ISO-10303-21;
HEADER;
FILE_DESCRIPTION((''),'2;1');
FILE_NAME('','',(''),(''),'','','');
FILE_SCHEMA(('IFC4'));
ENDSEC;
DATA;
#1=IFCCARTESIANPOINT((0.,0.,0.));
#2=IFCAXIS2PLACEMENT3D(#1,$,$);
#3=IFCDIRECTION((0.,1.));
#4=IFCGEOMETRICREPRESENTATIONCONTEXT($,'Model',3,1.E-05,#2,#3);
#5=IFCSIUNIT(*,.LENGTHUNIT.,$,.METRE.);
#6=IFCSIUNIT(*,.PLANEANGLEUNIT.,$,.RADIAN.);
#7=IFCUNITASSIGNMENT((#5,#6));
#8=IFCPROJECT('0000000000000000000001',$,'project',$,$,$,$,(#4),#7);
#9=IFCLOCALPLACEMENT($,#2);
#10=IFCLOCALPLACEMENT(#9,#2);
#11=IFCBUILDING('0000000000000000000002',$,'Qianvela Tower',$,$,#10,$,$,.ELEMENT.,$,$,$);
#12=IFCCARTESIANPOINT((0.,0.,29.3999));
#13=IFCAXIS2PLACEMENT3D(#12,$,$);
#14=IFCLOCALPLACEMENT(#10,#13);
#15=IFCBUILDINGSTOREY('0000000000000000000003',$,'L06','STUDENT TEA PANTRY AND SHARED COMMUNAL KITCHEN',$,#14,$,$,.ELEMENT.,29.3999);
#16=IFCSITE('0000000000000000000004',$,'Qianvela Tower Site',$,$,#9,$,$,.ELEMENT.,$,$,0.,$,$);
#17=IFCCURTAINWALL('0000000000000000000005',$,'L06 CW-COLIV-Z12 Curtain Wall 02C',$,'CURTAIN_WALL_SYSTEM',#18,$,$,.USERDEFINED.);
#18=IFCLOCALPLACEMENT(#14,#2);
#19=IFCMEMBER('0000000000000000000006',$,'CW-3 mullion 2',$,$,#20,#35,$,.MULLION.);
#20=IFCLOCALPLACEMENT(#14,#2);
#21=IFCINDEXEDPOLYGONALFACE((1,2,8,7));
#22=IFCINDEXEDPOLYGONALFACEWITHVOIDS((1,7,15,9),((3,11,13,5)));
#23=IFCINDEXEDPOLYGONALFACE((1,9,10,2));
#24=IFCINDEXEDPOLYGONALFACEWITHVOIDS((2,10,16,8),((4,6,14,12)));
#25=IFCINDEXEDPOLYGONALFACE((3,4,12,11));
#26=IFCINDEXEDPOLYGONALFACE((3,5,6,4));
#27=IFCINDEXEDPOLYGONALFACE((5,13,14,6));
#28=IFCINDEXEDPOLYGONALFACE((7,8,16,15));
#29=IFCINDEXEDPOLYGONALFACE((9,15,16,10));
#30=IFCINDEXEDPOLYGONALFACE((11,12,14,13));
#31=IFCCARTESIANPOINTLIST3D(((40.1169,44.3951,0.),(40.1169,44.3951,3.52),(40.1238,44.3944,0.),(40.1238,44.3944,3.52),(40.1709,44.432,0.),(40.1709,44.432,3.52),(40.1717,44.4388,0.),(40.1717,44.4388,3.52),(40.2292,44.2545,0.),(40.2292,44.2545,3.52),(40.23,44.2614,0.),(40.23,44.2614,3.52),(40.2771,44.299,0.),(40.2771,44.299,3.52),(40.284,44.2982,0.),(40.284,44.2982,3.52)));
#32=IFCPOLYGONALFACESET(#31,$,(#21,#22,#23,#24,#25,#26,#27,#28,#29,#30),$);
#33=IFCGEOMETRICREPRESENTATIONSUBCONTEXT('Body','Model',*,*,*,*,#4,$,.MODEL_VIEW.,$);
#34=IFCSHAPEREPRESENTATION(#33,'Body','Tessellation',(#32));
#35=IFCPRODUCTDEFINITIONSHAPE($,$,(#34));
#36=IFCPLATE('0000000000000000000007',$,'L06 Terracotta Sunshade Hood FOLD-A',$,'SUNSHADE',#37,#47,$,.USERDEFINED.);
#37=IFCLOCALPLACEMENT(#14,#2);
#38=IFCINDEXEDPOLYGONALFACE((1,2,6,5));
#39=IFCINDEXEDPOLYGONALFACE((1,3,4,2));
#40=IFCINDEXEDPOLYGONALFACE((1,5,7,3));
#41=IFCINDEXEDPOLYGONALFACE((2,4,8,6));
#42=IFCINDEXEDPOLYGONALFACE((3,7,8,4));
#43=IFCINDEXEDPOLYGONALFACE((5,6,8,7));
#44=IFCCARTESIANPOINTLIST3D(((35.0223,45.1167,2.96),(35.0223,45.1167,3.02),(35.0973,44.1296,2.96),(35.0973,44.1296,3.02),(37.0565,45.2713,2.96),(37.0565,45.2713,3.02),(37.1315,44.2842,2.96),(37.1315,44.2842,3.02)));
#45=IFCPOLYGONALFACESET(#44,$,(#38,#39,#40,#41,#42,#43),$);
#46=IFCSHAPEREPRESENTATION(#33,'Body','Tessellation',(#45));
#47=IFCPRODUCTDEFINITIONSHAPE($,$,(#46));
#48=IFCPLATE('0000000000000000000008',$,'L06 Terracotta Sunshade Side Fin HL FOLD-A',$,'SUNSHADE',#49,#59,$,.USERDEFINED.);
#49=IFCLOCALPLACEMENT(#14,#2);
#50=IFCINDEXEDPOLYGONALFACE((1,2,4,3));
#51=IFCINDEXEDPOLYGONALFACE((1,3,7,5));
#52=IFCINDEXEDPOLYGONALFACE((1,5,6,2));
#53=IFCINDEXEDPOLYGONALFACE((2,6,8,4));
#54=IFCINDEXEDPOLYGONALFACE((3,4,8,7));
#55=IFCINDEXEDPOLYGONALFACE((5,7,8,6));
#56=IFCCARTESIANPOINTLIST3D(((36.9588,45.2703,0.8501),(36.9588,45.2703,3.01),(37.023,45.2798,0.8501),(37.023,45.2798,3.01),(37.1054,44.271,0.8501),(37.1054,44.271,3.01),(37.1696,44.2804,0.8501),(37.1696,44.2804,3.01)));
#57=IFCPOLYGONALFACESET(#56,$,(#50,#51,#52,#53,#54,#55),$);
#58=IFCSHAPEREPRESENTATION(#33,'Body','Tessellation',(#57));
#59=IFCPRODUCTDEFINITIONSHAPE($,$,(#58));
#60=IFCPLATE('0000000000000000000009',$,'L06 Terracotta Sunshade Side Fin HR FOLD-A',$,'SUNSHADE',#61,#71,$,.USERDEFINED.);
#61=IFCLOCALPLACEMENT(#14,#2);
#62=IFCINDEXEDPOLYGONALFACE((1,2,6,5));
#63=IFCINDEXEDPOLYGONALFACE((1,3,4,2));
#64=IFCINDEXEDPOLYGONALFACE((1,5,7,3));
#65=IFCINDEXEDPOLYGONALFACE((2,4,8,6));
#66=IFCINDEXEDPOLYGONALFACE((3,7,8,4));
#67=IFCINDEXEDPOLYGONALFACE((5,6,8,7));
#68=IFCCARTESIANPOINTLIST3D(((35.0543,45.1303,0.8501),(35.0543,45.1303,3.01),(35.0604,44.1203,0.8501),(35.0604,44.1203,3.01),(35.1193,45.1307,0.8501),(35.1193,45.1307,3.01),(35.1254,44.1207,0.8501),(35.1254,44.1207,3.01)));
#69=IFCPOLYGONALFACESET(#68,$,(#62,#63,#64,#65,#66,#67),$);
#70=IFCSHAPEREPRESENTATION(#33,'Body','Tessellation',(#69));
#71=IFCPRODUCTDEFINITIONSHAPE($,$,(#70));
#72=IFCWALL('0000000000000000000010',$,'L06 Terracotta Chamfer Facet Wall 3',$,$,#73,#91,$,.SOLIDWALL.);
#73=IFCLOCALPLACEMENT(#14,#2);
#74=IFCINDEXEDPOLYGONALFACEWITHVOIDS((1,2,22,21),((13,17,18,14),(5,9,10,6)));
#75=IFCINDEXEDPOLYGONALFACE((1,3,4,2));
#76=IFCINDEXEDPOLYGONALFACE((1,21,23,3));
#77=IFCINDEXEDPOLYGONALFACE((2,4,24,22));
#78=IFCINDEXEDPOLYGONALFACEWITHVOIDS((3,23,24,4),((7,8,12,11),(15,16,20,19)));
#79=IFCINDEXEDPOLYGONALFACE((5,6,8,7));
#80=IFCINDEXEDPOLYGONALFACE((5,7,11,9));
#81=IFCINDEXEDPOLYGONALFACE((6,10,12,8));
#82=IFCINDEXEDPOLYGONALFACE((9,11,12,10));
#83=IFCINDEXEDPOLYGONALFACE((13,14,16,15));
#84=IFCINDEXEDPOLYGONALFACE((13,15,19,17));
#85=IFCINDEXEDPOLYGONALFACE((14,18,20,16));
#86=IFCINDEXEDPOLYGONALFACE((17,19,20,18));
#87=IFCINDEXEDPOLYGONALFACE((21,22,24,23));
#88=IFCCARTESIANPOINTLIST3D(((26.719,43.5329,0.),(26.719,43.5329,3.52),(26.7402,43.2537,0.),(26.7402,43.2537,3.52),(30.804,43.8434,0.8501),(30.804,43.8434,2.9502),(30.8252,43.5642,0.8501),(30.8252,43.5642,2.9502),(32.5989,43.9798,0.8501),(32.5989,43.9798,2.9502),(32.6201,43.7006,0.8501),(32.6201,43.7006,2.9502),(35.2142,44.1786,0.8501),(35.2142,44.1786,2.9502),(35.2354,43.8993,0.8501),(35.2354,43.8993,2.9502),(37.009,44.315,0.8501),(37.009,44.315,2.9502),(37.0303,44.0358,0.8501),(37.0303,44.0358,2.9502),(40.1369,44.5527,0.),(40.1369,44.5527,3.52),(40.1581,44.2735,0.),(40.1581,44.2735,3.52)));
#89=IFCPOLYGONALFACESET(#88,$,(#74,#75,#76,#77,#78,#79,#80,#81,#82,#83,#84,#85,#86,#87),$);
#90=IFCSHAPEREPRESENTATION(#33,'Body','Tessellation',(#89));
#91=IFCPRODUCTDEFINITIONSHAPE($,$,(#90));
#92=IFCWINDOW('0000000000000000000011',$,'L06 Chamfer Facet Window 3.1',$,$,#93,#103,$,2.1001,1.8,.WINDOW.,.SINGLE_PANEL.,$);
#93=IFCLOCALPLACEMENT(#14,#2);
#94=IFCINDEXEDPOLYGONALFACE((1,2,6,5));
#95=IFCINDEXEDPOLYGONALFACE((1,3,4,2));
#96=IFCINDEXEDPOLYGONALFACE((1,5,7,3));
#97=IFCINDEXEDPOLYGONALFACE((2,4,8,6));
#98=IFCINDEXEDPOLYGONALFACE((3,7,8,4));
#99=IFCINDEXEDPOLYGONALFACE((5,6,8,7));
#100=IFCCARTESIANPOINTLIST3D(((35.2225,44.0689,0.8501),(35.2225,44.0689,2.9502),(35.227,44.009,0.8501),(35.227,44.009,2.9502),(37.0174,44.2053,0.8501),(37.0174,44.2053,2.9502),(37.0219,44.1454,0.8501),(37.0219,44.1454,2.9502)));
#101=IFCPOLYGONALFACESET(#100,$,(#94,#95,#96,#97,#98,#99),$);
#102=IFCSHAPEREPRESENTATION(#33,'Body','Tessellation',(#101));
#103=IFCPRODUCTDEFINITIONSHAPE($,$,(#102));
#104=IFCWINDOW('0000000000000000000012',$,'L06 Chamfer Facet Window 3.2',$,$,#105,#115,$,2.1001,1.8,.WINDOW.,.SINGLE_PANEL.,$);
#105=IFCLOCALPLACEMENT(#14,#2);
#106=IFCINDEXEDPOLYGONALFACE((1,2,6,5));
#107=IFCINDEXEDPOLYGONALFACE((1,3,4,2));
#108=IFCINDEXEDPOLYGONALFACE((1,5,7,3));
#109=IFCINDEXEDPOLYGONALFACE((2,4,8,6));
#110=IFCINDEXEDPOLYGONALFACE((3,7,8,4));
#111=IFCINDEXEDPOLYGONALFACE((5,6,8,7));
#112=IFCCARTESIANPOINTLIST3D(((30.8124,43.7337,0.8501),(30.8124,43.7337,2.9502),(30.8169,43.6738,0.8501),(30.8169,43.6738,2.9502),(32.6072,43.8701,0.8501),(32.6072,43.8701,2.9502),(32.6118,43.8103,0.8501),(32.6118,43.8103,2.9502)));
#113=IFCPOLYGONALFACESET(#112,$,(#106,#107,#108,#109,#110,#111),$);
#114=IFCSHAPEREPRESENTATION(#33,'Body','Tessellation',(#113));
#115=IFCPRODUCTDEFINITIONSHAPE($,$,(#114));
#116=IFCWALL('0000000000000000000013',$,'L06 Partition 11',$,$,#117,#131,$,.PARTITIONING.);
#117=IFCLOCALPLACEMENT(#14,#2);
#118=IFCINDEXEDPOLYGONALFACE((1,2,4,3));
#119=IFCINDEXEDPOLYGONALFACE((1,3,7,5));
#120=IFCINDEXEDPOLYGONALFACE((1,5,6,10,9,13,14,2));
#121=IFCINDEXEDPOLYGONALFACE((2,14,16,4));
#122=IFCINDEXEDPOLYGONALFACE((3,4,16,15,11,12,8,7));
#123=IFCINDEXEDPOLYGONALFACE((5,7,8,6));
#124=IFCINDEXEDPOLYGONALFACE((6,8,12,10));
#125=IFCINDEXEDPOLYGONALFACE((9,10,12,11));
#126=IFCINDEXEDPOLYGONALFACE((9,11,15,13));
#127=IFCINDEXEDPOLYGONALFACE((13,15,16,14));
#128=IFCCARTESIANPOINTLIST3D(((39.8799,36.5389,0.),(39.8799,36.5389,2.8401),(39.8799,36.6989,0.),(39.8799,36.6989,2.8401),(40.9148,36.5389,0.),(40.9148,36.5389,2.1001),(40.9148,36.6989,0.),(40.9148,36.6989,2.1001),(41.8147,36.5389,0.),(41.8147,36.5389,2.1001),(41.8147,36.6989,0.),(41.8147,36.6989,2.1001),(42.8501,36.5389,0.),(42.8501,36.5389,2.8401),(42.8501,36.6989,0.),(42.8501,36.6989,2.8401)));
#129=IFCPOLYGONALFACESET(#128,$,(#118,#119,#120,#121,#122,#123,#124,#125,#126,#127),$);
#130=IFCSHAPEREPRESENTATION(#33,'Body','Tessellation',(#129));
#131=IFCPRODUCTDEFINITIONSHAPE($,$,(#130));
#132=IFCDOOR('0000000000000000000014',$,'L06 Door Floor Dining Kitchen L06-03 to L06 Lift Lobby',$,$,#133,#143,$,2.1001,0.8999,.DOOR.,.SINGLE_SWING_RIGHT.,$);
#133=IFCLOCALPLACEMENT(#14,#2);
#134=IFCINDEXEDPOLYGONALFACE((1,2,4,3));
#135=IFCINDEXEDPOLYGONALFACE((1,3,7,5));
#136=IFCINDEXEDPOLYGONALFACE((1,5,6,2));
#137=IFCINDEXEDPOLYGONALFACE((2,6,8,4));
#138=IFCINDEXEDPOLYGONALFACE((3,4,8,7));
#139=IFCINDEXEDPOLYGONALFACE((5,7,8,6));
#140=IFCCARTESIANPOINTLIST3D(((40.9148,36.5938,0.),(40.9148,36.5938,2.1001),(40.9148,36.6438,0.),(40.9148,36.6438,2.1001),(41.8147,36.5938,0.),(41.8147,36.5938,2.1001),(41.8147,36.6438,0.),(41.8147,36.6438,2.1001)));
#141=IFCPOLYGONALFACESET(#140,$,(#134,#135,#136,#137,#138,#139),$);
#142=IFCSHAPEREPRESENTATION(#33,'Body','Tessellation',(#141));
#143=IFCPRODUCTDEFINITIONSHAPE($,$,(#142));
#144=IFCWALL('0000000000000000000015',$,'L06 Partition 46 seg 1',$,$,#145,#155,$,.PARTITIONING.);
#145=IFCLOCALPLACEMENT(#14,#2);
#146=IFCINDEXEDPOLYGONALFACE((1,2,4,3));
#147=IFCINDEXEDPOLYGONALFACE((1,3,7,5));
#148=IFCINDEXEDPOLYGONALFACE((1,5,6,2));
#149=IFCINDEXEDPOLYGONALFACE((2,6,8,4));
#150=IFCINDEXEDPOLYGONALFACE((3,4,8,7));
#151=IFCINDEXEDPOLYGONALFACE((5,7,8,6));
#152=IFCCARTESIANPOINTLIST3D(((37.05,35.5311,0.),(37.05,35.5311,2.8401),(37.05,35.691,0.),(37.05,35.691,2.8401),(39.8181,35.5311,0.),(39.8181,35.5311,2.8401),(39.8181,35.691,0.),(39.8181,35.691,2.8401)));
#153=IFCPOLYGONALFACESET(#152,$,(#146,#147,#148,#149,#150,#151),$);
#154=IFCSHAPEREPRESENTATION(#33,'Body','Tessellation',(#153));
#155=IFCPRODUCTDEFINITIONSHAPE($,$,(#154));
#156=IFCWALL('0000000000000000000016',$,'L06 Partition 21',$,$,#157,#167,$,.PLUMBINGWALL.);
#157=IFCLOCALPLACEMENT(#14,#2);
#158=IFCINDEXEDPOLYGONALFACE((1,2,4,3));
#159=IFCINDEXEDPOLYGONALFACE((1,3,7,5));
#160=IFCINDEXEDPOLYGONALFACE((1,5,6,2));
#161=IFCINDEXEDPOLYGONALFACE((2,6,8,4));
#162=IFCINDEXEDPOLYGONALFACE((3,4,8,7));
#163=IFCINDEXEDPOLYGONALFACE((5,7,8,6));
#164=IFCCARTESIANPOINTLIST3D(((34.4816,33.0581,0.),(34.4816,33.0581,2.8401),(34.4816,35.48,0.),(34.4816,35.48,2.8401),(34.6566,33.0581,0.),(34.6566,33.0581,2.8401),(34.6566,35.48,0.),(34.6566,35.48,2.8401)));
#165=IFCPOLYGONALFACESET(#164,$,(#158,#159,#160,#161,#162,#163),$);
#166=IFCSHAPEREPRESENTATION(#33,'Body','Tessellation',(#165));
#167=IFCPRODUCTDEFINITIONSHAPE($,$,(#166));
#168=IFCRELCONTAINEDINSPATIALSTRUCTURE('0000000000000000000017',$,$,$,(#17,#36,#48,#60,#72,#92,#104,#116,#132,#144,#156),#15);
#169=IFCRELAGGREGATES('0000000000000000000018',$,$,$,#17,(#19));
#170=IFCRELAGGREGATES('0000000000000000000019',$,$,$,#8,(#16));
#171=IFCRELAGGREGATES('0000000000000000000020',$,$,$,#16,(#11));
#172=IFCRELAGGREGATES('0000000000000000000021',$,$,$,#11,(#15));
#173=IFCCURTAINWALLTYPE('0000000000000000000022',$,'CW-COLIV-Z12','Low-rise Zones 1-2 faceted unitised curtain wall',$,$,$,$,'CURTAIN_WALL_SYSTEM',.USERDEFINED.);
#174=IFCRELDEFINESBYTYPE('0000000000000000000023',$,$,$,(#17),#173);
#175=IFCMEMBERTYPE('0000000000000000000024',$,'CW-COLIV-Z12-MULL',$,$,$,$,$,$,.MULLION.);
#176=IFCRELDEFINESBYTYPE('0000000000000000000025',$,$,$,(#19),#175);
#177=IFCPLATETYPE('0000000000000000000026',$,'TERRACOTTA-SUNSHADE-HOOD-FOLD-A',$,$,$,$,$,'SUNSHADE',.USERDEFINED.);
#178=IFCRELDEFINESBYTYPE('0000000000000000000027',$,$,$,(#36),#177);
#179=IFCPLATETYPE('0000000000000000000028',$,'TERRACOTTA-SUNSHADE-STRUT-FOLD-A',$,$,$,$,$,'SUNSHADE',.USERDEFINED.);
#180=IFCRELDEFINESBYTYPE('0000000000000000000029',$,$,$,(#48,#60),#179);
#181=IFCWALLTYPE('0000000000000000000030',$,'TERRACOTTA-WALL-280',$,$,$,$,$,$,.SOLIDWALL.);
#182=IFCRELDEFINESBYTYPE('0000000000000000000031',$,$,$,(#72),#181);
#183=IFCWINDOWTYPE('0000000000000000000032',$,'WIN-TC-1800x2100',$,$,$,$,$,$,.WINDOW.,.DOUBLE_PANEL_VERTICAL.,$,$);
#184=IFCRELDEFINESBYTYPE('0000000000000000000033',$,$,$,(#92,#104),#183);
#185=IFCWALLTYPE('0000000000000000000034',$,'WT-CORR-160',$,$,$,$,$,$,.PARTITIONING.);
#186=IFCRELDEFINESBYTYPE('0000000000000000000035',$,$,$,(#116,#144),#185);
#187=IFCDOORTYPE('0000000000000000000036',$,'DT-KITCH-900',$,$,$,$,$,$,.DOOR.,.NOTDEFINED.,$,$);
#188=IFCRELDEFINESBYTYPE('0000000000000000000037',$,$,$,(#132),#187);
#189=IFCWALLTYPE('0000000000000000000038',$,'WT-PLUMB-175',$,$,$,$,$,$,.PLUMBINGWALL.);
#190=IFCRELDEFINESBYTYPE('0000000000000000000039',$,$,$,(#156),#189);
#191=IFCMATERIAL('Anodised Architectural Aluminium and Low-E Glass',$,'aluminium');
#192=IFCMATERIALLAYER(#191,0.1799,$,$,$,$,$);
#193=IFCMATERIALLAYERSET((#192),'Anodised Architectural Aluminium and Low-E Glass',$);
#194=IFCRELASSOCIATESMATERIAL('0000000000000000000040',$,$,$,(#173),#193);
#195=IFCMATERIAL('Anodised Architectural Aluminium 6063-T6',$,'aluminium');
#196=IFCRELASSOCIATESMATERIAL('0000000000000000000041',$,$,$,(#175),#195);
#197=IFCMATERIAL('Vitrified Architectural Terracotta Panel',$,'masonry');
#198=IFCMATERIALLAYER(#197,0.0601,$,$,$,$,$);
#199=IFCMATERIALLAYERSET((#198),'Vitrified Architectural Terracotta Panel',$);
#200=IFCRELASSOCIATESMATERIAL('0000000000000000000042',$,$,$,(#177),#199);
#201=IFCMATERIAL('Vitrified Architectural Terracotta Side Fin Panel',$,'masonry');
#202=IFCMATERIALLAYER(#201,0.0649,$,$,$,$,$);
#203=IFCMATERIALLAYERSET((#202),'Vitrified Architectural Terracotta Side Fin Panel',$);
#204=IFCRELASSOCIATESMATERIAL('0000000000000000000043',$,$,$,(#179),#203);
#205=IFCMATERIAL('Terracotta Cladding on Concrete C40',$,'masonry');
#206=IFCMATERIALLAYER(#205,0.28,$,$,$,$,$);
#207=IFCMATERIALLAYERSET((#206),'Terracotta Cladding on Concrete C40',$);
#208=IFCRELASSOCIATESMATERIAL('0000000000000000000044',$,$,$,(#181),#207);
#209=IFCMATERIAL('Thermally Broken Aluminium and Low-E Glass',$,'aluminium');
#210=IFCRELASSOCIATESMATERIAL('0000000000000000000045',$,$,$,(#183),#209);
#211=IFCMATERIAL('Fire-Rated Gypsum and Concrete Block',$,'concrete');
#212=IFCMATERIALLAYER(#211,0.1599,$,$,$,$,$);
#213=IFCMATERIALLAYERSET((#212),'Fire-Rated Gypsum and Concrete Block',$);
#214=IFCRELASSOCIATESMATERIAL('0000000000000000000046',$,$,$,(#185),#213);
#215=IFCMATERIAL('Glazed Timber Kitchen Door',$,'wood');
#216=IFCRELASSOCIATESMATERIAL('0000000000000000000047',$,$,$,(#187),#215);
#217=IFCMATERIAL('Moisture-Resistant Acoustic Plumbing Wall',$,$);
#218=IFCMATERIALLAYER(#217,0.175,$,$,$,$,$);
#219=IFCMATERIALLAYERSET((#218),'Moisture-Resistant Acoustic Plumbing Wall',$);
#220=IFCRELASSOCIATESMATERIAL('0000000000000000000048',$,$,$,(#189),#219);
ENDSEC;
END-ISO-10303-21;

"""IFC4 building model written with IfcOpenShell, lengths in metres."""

from ifc_helpers import new_model, si_unit, direction, frame, frame_2d, origin, origin_2d, place, context, subcontext, project, spatial, rectangle, hollow_rectangle, extrude, material, layer, layer_set, material_profile, profile_set, type_object, element, fill, aggregate, save


model = new_model("IFC4")

# Units and contexts
model_context = context("Model", 3, precision=1e-05, world=origin(), true_north=direction((0.0, 1.0)))
body_context = subcontext(model_context, "Body", "Model", "MODEL_VIEW")
ifc_project = project(units=[si_unit("LENGTHUNIT", "METRE"), si_unit("PLANEANGLEUNIT", "RADIAN")], contexts=[model_context])

# Site, building, storey
site_placement = place(None, origin())
site = spatial("IfcSite", under=ifc_project, at=site_placement, Name="Qianvela Tower Site", CompositionType="ELEMENT", RefElevation=0.0)
building_placement = place(site_placement, origin())
building = spatial("IfcBuilding", under=site, at=building_placement, Name="Qianvela Tower", CompositionType="ELEMENT")
storey_placement = place(building_placement, frame((0.0, 0.0, 29.3999)))
storey = spatial("IfcBuildingStorey", under=building, at=storey_placement, Name="L06", Description="STUDENT TEA PANTRY AND SHARED COMMUNAL KITCHEN", CompositionType="ELEMENT", Elevation=29.3999)

# Curtain wall, member
ifc_material_1 = material(Name="Anodised Architectural Aluminium and Low-E Glass", Category="aluminium")
ifc_layer_1 = layer(ifc_material_1, 0.1799)
ifc_layer_set_1 = layer_set([ifc_layer_1], Name="Anodised Architectural Aluminium and Low-E Glass")
curtain_wall_type = type_object("IfcCurtainWallType", Name="CW-COLIV-Z12", Description="Low-rise Zones 1-2 faceted unitised curtain wall", ElementType="CURTAIN_WALL_SYSTEM", PredefinedType="USERDEFINED", material=ifc_layer_set_1)
curtain_wall_placement = place(storey_placement, origin())
curtain_wall = element("IfcCurtainWall", 1, at=curtain_wall_placement, inside=storey, type_object=curtain_wall_type, Name="L06 CW-COLIV-Z12 Curtain Wall 02C", ObjectType="CURTAIN_WALL_SYSTEM", PredefinedType="USERDEFINED")
ifc_material_2 = material(Name="Anodised Architectural Aluminium 6063-T6", Category="aluminium")
ifc_material_profile_1 = material_profile(ifc_material_2, hollow_rectangle(XDim=0.0701, YDim=0.1799, WallThickness=0.0049, at=origin_2d()), Name="ALU-MULL-70x180")
ifc_profile_set_1 = profile_set([ifc_material_profile_1], Name="Anodised Architectural Aluminium 6063-T6")
member_type = type_object("IfcMemberType", Name="CW-COLIV-Z12-MULL", PredefinedType="MULLION", material=ifc_profile_set_1)
member_placement = place(storey_placement, frame((40.2004, 44.3467, 0.0), z_axis=(0.0, 0.0, 1.0), x_axis=(-0.781444, -0.623975, 0.0)))
member = element("IfcMember", 2, at=member_placement, type_object=member_type, Name="CW-3 mullion 2", PredefinedType="MULLION", context=body_context, shape_type="SweptSolid", body=[
    extrude(hollow_rectangle(XDim=0.0701, YDim=0.1799, WallThickness=0.0049, at=origin_2d()), origin(), (0.0, 0.0, 1.0), 3.52),
])
aggregate(curtain_wall, [member])

# Plates
ifc_material_3 = material(Name="Vitrified Architectural Terracotta Panel", Category="masonry")
ifc_layer_2 = layer(ifc_material_3, 0.0601)
ifc_layer_set_2 = layer_set([ifc_layer_2], Name="Vitrified Architectural Terracotta Panel")
plate_type_1 = type_object("IfcPlateType", Name="TERRACOTTA-SUNSHADE-HOOD-FOLD-A", ElementType="SUNSHADE", PredefinedType="USERDEFINED", material=ifc_layer_set_2)
plate_placement = place(storey_placement, frame((36.0769, 44.7004, 2.96), z_axis=(0.0, 0.0, 1.0), x_axis=(-0.997125, -0.075776, 0.0)))
element("IfcPlate", 3, at=plate_placement, inside=storey, type_object=plate_type_1, Name="L06 Terracotta Sunshade Hood FOLD-A", ObjectType="SUNSHADE", PredefinedType="USERDEFINED", context=body_context, shape_type="SweptSolid", body=[
    extrude(rectangle(XDim=2.04, YDim=0.99, at=origin_2d()), origin(), (0.0, 0.0, 1.0), 0.0601),
])
ifc_material_4 = material(Name="Vitrified Architectural Terracotta Side Fin Panel", Category="masonry")
ifc_layer_3 = layer(ifc_material_4, 0.0649)
ifc_layer_set_3 = layer_set([ifc_layer_3], Name="Vitrified Architectural Terracotta Side Fin Panel")
plate_type_2 = type_object("IfcPlateType", Name="TERRACOTTA-SUNSHADE-STRUT-FOLD-A", ElementType="SUNSHADE", PredefinedType="USERDEFINED", material=ifc_layer_set_3)
for number, where, z_axis, x_axis, name in (
    (4, (37.0642, 44.7754, 0.8501), (0.0, 0.0, 1.0), (-0.98941, -0.145147, 0.0), "L06 Terracotta Sunshade Side Fin HL FOLD-A"),
    (5, (35.0898, 44.6255, 0.8501), (0.0, 0.0, 1.0), (-0.999982, -0.006035, 0.0), "L06 Terracotta Sunshade Side Fin HR FOLD-A"),
):
    element("IfcPlate", number, at=place(storey_placement, frame(where, z_axis=z_axis, x_axis=x_axis)), inside=storey, type_object=plate_type_2, Name=name, ObjectType="SUNSHADE", PredefinedType="USERDEFINED", context=body_context, shape_type="SweptSolid", body=[
        extrude(rectangle(XDim=0.0649, YDim=1.01, at=origin_2d()), origin(), (0.0, 0.0, 1.0), 2.1599),
    ])

# Wall, openings, windows
ifc_material_5 = material(Name="Terracotta Cladding on Concrete C40", Category="masonry")
ifc_layer_4 = layer(ifc_material_5, 0.28)
ifc_layer_set_4 = layer_set([ifc_layer_4], Name="Terracotta Cladding on Concrete C40")
wall_type_1 = type_object("IfcWallType", Name="TERRACOTTA-WALL-280", PredefinedType="SOLIDWALL", material=ifc_layer_set_4)
wall_1_placement = place(storey_placement, frame((40.1475, 44.4131, 0.0), z_axis=(0.0, 0.0, 1.0), x_axis=(-0.997124, -0.075782, 0.0)))
wall_1 = element("IfcWall", 6, at=wall_1_placement, inside=storey, type_object=wall_type_1, Name="L06 Terracotta Chamfer Facet Wall 3", PredefinedType="SOLIDWALL", context=body_context, shape_type="SweptSolid", body=[
    extrude(rectangle(XDim=13.4565, YDim=0.28, at=frame_2d((6.7283, 0.0))), origin(), (0.0, 0.0, 1.0), 3.52),
])
opening_1_placement = place(wall_1_placement, frame((3.137, 0.0, 0.8501)))
opening_1 = element("IfcOpeningElement", 7, at=opening_1_placement, cuts=wall_1, PredefinedType="OPENING", context=body_context, shape_type="SweptSolid", body=[
    extrude(rectangle(XDim=1.8, YDim=2.1001, at=frame_2d((0.8999, 1.05))), frame((0.0, 0.1499, 0.0), z_axis=(0.0, -1.0, 0.0), x_axis=(1.0, 0.0, 0.0)), (0.0, 0.0, 1.0), 0.3),
])
opening_2_placement = place(wall_1_placement, frame((7.5598, 0.0, 0.8501)))
opening_2 = element("IfcOpeningElement", 8, at=opening_2_placement, cuts=wall_1, PredefinedType="OPENING", context=body_context, shape_type="SweptSolid", body=[
    extrude(rectangle(XDim=1.8, YDim=2.1001, at=frame_2d((0.8999, 1.05))), frame((0.0, 0.1499, 0.0), z_axis=(0.0, -1.0, 0.0), x_axis=(1.0, 0.0, 0.0)), (0.0, 0.0, 1.0), 0.3),
])
ifc_material_6 = material(Name="Thermally Broken Aluminium and Low-E Glass", Category="aluminium")
window_type = type_object("IfcWindowType", Name="WIN-TC-1800x2100", PartitioningType="DOUBLE_PANEL_VERTICAL", PredefinedType="WINDOW", material=ifc_material_6)
window_1_placement = place(opening_1_placement, origin())
window_1 = element("IfcWindow", 9, at=window_1_placement, inside=storey, type_object=window_type, Name="L06 Chamfer Facet Window 3.1", OverallHeight=2.1001, OverallWidth=1.8, PartitioningType="SINGLE_PANEL", PredefinedType="WINDOW", context=body_context, shape_type="SweptSolid", body=[
    extrude(rectangle(XDim=1.8, YDim=2.1001, at=frame_2d((0.8999, 1.05))), frame((0.0, 0.03, 0.0), z_axis=(0.0, -1.0, 0.0), x_axis=(1.0, 0.0, 0.0)), (0.0, 0.0, 1.0), 0.0601),
])
fill(opening_1, window_1)
window_2_placement = place(opening_2_placement, origin())
window_2 = element("IfcWindow", 10, at=window_2_placement, inside=storey, type_object=window_type, Name="L06 Chamfer Facet Window 3.2", OverallHeight=2.1001, OverallWidth=1.8, PartitioningType="SINGLE_PANEL", PredefinedType="WINDOW", context=body_context, shape_type="SweptSolid", body=[
    extrude(rectangle(XDim=1.8, YDim=2.1001, at=frame_2d((0.8999, 1.05))), frame((0.0, 0.03, 0.0), z_axis=(0.0, -1.0, 0.0), x_axis=(1.0, 0.0, 0.0)), (0.0, 0.0, 1.0), 0.0601),
])
fill(opening_2, window_2)

# Wall, opening, door
ifc_material_7 = material(Name="Fire-Rated Gypsum and Concrete Block", Category="concrete")
ifc_layer_5 = layer(ifc_material_7, 0.1599)
ifc_layer_set_5 = layer_set([ifc_layer_5], Name="Fire-Rated Gypsum and Concrete Block")
wall_type_2 = type_object("IfcWallType", Name="WT-CORR-160", PredefinedType="PARTITIONING", material=ifc_layer_set_5)
wall_2_placement = place(storey_placement, frame((39.8799, 36.6189, 0.0), z_axis=(0.0, 0.0, 1.0), x_axis=(1.0, 0.0, 0.0)))
wall_2 = element("IfcWall", 11, at=wall_2_placement, inside=storey, type_object=wall_type_2, Name="L06 Partition 11", PredefinedType="PARTITIONING", context=body_context, shape_type="SweptSolid", body=[
    extrude(rectangle(XDim=2.9702, YDim=0.1599, at=frame_2d((1.4851, 0.0))), origin(), (0.0, 0.0, 1.0), 2.8401),
])
opening_3_placement = place(wall_2_placement, frame((1.0349, 0.0, 0.0)))
opening_3 = element("IfcOpeningElement", 12, at=opening_3_placement, cuts=wall_2, PredefinedType="OPENING", context=body_context, shape_type="SweptSolid", body=[
    extrude(rectangle(XDim=0.8999, YDim=2.1001, at=frame_2d((0.45, 1.05))), frame((0.0, 0.0898, 0.0), z_axis=(0.0, -1.0, 0.0), x_axis=(1.0, 0.0, 0.0)), (0.0, 0.0, 1.0), 0.1799),
])
ifc_material_8 = material(Name="Glazed Timber Kitchen Door", Category="wood")
door_type = type_object("IfcDoorType", Name="DT-KITCH-900", OperationType="NOTDEFINED", PredefinedType="DOOR", material=ifc_material_8)
door_placement = place(opening_3_placement, origin())
door = element("IfcDoor", 13, at=door_placement, inside=storey, type_object=door_type, Name="L06 Door Floor Dining Kitchen L06-03 to L06 Lift Lobby", OperationType="SINGLE_SWING_RIGHT", OverallHeight=2.1001, OverallWidth=0.8999, PredefinedType="DOOR", context=body_context, shape_type="SweptSolid", body=[
    extrude(rectangle(XDim=0.8999, YDim=2.1001, at=frame_2d((0.45, 1.05))), frame((0.0, 0.0249, 0.0), z_axis=(0.0, -1.0, 0.0), x_axis=(1.0, 0.0, 0.0)), (0.0, 0.0, 1.0), 0.05),
])
fill(opening_3, door)

# Walls
wall_3_placement = place(storey_placement, frame((39.8181, 35.6111, 0.0), z_axis=(0.0, 0.0, 1.0), x_axis=(-1.0, 0.0, 0.0)))
element("IfcWall", 14, at=wall_3_placement, inside=storey, type_object=wall_type_2, Name="L06 Partition 46 seg 1", PredefinedType="PARTITIONING", context=body_context, shape_type="SweptSolid", body=[
    extrude(rectangle(XDim=2.7681, YDim=0.1599, at=frame_2d((1.384, 0.0))), origin(), (0.0, 0.0, 1.0), 2.8401),
])
ifc_material_9 = material(Name="Moisture-Resistant Acoustic Plumbing Wall")
ifc_layer_6 = layer(ifc_material_9, 0.175)
ifc_layer_set_6 = layer_set([ifc_layer_6], Name="Moisture-Resistant Acoustic Plumbing Wall")
wall_type_3 = type_object("IfcWallType", Name="WT-PLUMB-175", PredefinedType="PLUMBINGWALL", material=ifc_layer_set_6)
for number, where, z_axis, x_axis, name in (
    (15, (34.5691, 35.48, 0.0), (0.0, 0.0, 1.0), (0.0, -1.0, 0.0), "L06 Partition 21"),
):
    element("IfcWall", number, at=place(storey_placement, frame(where, z_axis=z_axis, x_axis=x_axis)), inside=storey, type_object=wall_type_3, Name=name, PredefinedType="PLUMBINGWALL", context=body_context, shape_type="SweptSolid", body=[
        extrude(rectangle(XDim=2.4219, YDim=0.175, at=frame_2d((1.2109, 0.0))), origin(), (0.0, 0.0, 1.0), 2.8401),
    ])

save(model, "model.ifc")
